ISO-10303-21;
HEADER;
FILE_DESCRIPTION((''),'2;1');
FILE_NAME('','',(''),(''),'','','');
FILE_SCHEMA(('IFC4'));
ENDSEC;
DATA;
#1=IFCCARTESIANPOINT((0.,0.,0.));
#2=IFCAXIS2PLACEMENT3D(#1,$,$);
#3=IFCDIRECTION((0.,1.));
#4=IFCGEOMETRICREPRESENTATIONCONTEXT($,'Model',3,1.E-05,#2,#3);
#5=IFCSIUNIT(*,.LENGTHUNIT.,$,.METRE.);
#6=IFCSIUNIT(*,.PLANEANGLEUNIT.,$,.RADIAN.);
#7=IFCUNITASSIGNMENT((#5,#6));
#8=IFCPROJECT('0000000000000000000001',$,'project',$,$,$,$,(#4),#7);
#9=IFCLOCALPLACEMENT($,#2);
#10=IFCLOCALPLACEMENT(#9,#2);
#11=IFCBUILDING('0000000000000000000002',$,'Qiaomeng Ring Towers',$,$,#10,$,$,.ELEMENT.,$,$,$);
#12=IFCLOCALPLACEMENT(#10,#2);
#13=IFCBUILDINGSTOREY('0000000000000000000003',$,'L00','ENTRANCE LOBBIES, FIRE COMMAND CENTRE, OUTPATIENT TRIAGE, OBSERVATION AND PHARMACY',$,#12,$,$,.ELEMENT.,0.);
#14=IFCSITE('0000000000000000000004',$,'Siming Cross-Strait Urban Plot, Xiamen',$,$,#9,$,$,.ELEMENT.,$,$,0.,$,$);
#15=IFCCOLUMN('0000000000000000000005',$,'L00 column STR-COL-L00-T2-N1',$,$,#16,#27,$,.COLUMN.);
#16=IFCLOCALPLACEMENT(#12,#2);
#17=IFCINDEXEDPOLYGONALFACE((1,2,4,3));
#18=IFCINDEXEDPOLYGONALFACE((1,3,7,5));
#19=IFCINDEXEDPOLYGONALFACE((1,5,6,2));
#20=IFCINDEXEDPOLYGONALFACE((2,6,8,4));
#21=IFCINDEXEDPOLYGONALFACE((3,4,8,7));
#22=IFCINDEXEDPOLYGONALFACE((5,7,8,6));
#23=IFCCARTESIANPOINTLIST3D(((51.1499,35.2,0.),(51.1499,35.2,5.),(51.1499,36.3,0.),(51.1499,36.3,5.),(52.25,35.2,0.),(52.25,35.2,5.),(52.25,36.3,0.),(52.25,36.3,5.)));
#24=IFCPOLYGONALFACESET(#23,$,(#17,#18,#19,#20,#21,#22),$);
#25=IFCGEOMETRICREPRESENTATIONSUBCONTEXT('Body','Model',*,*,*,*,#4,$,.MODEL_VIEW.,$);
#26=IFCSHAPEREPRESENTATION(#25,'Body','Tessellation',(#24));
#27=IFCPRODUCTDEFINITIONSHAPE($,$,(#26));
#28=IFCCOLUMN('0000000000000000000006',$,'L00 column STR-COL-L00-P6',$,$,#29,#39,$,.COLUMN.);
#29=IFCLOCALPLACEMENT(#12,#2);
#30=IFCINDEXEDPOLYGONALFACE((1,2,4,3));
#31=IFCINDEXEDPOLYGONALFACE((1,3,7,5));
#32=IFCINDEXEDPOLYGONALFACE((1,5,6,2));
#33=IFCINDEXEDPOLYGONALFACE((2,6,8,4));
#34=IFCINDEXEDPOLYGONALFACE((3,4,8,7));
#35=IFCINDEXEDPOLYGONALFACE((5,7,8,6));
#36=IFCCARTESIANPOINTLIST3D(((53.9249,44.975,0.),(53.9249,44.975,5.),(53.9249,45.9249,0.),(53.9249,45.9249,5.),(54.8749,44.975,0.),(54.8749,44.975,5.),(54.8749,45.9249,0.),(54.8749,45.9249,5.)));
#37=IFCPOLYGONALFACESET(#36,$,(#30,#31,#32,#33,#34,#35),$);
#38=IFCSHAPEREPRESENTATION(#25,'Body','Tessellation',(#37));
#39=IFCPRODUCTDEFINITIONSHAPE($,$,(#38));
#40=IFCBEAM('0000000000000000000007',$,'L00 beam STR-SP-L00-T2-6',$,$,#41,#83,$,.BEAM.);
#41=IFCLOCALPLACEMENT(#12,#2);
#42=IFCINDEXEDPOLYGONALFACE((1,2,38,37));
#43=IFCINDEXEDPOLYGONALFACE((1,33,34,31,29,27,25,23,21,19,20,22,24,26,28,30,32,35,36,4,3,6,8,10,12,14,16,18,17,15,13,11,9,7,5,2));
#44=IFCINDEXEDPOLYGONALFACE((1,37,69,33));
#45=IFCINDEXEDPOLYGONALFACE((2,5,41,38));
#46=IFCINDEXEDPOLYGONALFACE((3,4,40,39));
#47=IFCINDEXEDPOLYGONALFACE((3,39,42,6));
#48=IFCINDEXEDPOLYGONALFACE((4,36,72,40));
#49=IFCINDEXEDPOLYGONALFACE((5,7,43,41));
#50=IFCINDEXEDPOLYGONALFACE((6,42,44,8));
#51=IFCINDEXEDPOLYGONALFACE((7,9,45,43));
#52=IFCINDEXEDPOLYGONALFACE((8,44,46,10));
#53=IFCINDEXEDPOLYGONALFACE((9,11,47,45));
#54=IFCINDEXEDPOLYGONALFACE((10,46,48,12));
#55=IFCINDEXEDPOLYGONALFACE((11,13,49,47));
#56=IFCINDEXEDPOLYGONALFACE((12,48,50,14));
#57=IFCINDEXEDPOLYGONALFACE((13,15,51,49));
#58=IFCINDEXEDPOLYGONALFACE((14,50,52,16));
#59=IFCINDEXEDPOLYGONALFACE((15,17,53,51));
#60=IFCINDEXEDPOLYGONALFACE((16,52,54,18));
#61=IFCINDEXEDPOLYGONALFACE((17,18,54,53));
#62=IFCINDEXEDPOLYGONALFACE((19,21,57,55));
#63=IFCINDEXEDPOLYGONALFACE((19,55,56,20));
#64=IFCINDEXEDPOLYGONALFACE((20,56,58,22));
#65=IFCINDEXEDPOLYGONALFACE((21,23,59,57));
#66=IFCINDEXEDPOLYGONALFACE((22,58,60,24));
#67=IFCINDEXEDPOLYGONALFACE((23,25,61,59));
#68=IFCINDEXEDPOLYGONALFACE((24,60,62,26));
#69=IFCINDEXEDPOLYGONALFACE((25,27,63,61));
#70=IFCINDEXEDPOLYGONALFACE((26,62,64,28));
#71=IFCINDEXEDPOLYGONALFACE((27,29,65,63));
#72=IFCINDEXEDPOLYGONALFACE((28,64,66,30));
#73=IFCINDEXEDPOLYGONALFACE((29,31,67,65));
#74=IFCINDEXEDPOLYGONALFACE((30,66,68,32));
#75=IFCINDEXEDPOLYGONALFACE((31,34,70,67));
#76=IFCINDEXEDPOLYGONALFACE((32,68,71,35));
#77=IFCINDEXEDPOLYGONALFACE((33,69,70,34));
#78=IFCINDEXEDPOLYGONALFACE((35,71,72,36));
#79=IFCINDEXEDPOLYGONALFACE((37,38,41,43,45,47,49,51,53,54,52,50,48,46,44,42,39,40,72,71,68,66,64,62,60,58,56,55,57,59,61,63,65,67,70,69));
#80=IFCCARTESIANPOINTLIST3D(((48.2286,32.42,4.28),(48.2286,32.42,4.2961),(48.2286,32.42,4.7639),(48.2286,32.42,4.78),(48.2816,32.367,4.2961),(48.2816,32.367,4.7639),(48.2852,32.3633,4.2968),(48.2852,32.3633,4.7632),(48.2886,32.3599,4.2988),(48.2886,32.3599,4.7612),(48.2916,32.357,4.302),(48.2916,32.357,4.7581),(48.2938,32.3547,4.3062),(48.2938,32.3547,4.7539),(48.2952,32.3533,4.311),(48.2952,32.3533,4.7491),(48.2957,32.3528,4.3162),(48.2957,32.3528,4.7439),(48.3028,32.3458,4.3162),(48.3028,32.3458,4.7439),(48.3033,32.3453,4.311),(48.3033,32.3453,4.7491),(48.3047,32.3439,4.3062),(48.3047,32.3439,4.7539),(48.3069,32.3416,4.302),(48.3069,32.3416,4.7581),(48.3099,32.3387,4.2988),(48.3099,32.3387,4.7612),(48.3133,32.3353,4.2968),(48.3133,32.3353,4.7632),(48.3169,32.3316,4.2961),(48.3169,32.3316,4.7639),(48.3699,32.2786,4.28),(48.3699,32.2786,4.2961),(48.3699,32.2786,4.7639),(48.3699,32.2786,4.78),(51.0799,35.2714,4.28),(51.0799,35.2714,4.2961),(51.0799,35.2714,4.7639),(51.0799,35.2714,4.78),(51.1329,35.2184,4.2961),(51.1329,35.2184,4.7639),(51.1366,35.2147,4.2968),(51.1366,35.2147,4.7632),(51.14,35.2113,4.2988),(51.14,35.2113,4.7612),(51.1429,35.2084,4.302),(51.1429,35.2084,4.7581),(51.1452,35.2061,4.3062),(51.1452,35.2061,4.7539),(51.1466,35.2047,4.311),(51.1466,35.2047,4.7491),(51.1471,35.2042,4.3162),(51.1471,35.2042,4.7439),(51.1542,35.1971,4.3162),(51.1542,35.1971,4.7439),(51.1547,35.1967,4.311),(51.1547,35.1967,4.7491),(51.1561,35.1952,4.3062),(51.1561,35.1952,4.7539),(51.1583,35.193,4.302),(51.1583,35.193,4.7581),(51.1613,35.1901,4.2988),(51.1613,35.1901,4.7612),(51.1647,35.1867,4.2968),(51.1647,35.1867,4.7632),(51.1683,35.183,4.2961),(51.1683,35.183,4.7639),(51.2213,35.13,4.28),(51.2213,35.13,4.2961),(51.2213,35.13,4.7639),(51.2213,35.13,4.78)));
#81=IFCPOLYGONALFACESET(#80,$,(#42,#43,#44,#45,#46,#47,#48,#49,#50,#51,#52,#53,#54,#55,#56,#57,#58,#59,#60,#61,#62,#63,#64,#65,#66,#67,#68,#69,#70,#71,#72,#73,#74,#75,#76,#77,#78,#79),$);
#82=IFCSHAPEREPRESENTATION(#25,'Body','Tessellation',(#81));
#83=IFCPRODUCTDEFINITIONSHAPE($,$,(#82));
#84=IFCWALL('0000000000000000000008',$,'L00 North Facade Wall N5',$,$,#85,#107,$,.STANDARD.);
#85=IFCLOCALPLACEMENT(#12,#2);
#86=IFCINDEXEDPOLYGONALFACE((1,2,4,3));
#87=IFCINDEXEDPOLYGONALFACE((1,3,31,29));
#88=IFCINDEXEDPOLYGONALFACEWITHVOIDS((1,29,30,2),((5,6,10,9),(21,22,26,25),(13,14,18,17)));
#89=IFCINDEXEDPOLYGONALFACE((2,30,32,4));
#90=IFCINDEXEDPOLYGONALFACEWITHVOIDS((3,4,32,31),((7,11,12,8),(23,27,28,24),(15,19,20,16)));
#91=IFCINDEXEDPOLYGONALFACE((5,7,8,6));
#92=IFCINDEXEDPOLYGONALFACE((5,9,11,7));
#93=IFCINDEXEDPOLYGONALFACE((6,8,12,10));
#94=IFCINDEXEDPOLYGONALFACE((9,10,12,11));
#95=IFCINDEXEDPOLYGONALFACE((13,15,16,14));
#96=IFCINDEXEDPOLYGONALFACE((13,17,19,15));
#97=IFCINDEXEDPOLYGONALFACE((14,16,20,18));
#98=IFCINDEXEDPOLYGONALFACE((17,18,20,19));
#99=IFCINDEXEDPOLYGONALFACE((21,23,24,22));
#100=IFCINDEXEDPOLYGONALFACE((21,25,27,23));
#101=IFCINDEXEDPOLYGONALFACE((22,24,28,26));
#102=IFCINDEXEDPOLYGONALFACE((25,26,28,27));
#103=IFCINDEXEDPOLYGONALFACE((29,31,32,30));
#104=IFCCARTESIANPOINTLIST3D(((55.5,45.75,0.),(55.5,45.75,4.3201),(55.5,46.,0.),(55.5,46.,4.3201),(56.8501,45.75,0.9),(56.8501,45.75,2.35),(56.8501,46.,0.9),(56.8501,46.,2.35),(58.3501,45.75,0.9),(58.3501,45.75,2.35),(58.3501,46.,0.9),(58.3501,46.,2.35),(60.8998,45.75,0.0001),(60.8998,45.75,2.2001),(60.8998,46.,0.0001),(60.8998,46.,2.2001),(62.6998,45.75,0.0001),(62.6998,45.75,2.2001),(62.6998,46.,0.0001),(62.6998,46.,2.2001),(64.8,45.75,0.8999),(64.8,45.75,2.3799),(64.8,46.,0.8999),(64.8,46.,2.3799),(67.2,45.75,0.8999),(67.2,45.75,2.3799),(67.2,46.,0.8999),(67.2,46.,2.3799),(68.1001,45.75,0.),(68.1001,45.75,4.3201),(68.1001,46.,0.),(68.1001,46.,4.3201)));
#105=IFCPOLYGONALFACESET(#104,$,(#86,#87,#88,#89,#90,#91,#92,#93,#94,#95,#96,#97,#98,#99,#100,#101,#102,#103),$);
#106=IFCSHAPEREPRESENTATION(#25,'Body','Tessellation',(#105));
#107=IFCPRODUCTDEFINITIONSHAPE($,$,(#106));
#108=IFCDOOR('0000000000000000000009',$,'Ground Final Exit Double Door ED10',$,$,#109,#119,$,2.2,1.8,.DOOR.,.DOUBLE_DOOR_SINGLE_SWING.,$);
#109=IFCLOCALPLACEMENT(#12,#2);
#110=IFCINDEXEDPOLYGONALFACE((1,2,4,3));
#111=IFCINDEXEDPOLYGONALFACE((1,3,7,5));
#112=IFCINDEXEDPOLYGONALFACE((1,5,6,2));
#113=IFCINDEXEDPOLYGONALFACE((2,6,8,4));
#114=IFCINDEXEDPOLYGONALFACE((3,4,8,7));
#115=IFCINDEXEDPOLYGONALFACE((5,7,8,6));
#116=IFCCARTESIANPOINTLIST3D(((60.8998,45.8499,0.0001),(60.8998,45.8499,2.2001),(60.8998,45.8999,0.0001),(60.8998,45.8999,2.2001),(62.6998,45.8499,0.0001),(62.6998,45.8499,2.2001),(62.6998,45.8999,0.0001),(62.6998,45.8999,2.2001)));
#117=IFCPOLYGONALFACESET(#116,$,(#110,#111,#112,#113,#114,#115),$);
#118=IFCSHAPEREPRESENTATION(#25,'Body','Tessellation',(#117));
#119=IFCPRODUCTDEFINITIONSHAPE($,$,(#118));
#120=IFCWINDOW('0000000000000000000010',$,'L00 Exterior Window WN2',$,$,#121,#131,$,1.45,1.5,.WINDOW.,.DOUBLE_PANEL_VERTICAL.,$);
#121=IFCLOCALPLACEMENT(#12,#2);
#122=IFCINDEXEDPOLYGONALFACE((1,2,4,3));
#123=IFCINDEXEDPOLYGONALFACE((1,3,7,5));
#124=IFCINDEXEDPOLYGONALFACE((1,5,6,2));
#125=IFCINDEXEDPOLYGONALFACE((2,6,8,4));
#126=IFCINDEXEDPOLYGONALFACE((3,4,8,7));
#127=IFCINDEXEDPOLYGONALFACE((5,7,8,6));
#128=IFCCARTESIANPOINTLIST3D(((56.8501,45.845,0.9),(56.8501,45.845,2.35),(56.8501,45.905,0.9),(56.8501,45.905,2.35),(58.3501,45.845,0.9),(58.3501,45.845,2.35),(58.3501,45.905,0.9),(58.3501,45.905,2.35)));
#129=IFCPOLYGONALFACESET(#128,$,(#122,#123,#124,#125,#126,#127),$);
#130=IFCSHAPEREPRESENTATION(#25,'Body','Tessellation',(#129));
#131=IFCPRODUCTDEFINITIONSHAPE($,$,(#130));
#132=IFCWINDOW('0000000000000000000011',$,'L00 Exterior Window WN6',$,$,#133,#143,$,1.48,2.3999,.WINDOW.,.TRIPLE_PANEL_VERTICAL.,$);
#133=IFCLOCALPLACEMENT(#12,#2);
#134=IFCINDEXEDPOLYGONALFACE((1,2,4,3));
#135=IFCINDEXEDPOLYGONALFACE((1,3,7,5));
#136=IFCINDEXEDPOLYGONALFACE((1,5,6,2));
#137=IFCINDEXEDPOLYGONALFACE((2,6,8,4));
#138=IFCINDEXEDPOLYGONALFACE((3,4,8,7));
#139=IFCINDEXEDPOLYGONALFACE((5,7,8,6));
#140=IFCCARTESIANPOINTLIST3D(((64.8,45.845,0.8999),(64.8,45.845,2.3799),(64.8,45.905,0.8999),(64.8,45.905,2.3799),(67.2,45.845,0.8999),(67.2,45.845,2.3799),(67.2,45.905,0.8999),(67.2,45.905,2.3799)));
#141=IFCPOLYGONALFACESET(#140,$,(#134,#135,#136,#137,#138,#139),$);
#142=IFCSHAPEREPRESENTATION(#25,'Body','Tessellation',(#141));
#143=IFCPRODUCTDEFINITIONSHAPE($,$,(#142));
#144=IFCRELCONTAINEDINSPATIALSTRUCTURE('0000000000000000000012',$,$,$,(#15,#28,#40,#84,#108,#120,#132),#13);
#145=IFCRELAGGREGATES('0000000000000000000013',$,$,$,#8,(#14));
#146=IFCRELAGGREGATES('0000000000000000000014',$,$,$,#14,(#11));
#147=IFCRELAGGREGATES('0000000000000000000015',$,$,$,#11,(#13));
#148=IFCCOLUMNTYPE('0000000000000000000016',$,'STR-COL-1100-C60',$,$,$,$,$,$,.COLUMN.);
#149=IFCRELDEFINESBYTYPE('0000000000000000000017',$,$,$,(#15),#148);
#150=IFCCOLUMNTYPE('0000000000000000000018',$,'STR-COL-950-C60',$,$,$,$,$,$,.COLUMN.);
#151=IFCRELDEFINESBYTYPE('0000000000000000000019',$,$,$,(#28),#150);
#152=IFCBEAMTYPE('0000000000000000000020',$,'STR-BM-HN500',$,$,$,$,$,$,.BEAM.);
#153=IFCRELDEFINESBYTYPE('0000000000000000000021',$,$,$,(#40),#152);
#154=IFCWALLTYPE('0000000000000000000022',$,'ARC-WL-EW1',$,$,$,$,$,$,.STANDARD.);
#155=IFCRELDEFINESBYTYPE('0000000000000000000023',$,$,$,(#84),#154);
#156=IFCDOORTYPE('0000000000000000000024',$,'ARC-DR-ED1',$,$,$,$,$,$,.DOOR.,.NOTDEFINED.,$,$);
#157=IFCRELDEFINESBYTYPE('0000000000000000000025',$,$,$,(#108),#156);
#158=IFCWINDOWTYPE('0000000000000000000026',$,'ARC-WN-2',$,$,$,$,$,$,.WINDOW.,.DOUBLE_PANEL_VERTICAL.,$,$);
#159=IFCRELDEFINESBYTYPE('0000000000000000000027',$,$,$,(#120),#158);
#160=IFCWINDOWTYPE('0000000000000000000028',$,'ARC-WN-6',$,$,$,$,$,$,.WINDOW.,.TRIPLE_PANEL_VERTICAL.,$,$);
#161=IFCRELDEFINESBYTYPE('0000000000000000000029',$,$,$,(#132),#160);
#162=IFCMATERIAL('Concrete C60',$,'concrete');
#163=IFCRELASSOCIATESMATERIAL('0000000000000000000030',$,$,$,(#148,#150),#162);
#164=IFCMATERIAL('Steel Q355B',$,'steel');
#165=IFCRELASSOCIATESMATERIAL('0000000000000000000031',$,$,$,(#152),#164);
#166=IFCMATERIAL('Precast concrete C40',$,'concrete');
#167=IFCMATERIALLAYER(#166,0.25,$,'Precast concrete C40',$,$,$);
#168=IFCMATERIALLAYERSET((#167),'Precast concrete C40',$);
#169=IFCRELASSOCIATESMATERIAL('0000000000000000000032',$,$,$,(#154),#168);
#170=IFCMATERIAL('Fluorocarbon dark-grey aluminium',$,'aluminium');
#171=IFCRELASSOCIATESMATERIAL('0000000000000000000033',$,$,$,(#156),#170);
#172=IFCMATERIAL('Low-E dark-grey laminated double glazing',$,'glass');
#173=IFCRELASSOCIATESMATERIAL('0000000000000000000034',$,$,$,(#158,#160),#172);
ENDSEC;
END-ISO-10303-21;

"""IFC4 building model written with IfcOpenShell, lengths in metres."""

from ifc_helpers import new_model, si_unit, direction, frame, frame_2d, origin, origin_2d, place, context, subcontext, project, spatial, rectangle, i_section, extrude, source, transform, mapped, material, layer, layer_set, material_profile, profile_set, type_object, element, fill, save


model = new_model("IFC4")

# Units and contexts
model_context = context("Model", 3, precision=1e-05, world=origin(), true_north=direction((0.0, 1.0)))
body_context = subcontext(model_context, "Body", "Model", "MODEL_VIEW")
ifc_project = project(units=[si_unit("LENGTHUNIT", "METRE"), si_unit("PLANEANGLEUNIT", "RADIAN")], contexts=[model_context])

# Site, building, storey
site_placement = place(None, origin())
site = spatial("IfcSite", under=ifc_project, at=site_placement, Name="Siming Cross-Strait Urban Plot, Xiamen", CompositionType="ELEMENT", RefElevation=0.0)
building_placement = place(site_placement, origin())
building = spatial("IfcBuilding", under=site, at=building_placement, Name="Qiaomeng Ring Towers", CompositionType="ELEMENT")
storey_placement = place(building_placement, origin())
storey = spatial("IfcBuildingStorey", under=building, at=storey_placement, Name="L00", Description="ENTRANCE LOBBIES, FIRE COMMAND CENTRE, OUTPATIENT TRIAGE, OBSERVATION AND PHARMACY", CompositionType="ELEMENT", Elevation=0.0)

# Columns
ifc_material_1 = material(Name="Concrete C60", Category="concrete")
ifc_material_profile_1 = material_profile(ifc_material_1, rectangle(XDim=1.1001, YDim=1.1001, at=origin_2d()), Name="RC COL 1100x1100")
ifc_profile_set_1 = profile_set([ifc_material_profile_1], Name="Concrete C60")
column_type_1 = type_object("IfcColumnType", Name="STR-COL-1100-C60", PredefinedType="COLUMN", material=ifc_profile_set_1)
shared_shape_1 = source(origin(), body_context, "Body", "SweptSolid", [
    extrude(rectangle(XDim=1.1001, YDim=1.1001, at=origin_2d()), origin(), (0.0, 0.0, 1.0), 5.0),
])
column_1_placement = place(storey_placement, frame((51.7, 35.75, 0.0), z_axis=(0.0, 0.0, 1.0), x_axis=(1.0, 0.0, 0.0)))
element("IfcColumn", 1, at=column_1_placement, inside=storey, type_object=column_type_1, Name="L00 column STR-COL-L00-T2-N1", PredefinedType="COLUMN", context=body_context, shape_type="MappedRepresentation", body=[
    mapped(shared_shape_1, transform((0.0, 0.0, 0.0), x_axis=(1.0, 0.0, 0.0), y_axis=(0.0, 1.0, 0.0), z_axis=(0.0, 0.0, 1.0), scale=1.0)),
])
ifc_material_profile_2 = material_profile(ifc_material_1, rectangle(XDim=0.95, YDim=0.95, at=origin_2d()), Name="RC COL 950x950")
ifc_profile_set_2 = profile_set([ifc_material_profile_2], Name="Concrete C60")
column_type_2 = type_object("IfcColumnType", Name="STR-COL-950-C60", PredefinedType="COLUMN", material=ifc_profile_set_2)
shared_shape_2 = source(origin(), body_context, "Body", "SweptSolid", [
    extrude(rectangle(XDim=0.95, YDim=0.95, at=origin_2d()), origin(), (0.0, 0.0, 1.0), 5.0),
])
column_2_placement = place(storey_placement, frame((54.3999, 45.45, 0.0), z_axis=(0.0, 0.0, 1.0), x_axis=(1.0, 0.0, 0.0)))
element("IfcColumn", 2, at=column_2_placement, inside=storey, type_object=column_type_2, Name="L00 column STR-COL-L00-P6", PredefinedType="COLUMN", context=body_context, shape_type="MappedRepresentation", body=[
    mapped(shared_shape_2, transform((0.0, 0.0, 0.0), x_axis=(1.0, 0.0, 0.0), y_axis=(0.0, 1.0, 0.0), z_axis=(0.0, 0.0, 1.0), scale=1.0)),
])

# Beam
ifc_material_2 = material(Name="Steel Q355B", Category="steel")
ifc_material_profile_3 = material_profile(ifc_material_2, i_section(OverallWidth=0.2, OverallDepth=0.5, WebThickness=0.01, FlangeThickness=0.0161, FilletRadius=0.02, at=origin_2d()), Name="HN 500x200x10x16")
ifc_profile_set_3 = profile_set([ifc_material_profile_3], Name="Steel Q355B")
beam_type = type_object("IfcBeamType", Name="STR-BM-HN500", PredefinedType="BEAM", material=ifc_profile_set_3)
shared_shape_3 = source(origin(), body_context, "Body", "SweptSolid", [
    extrude(i_section(OverallWidth=0.2, OverallDepth=0.5, WebThickness=0.01, FlangeThickness=0.0161, FilletRadius=0.02, at=origin_2d()), origin(), (0.0, 0.0, 1.0), 4.0325),
])
beam_placement = place(storey_placement, frame((51.1506, 35.2007, 4.53), z_axis=(-0.707107, -0.707107, 0.0), x_axis=(0.707107, -0.707107, 0.0)))
element("IfcBeam", 3, at=beam_placement, inside=storey, type_object=beam_type, Name="L00 beam STR-SP-L00-T2-6", PredefinedType="BEAM", context=body_context, shape_type="MappedRepresentation", body=[
    mapped(shared_shape_3, transform((0.0, 0.0, 0.0), x_axis=(1.0, 0.0, 0.0), y_axis=(0.0, 1.0, 0.0), z_axis=(0.0, 0.0, 1.0), scale=1.0)),
])

# Wall, openings, door, windows
ifc_material_3 = material(Name="Precast concrete C40", Category="concrete")
ifc_layer_1 = layer(ifc_material_3, 0.25, Name="Precast concrete C40")
ifc_layer_set_1 = layer_set([ifc_layer_1], Name="Precast concrete C40")
wall_type_1 = type_object("IfcWallType", Name="ARC-WL-EW1", PredefinedType="STANDARD", material=ifc_layer_set_1)
wall_1_placement = place(storey_placement, frame((55.5, 45.875, 0.0), z_axis=(0.0, 0.0, 1.0), x_axis=(1.0, 0.0, 0.0)))
wall_1 = element("IfcWall", 4, at=wall_1_placement, inside=storey, type_object=wall_type_1, Name="L00 North Facade Wall N5", PredefinedType="STANDARD", context=body_context, shape_type="SweptSolid", body=[
    extrude(rectangle(XDim=12.6001, YDim=0.25, at=frame_2d((6.3, 0.0))), origin(), (0.0, 0.0, 1.0), 4.3201),
])
opening_1_placement = place(wall_1_placement, frame((5.3999, 0.0, 0.0)))
opening_1 = element("IfcOpeningElement", 5, at=opening_1_placement, cuts=wall_1, PredefinedType="OPENING", context=body_context, shape_type="SweptSolid", body=[
    extrude(rectangle(XDim=1.8, YDim=2.2, at=frame_2d((0.8999, 1.1001))), frame((0.0, 0.135, 0.0), z_axis=(0.0, -1.0, 0.0), x_axis=(1.0, 0.0, 0.0)), (0.0, 0.0, 1.0), 0.27),
])
opening_2_placement = place(wall_1_placement, frame((1.3501, 0.0, 0.8999)))
opening_2 = element("IfcOpeningElement", 6, at=opening_2_placement, cuts=wall_1, PredefinedType="OPENING", context=body_context, shape_type="SweptSolid", body=[
    extrude(rectangle(XDim=1.5, YDim=1.45, at=frame_2d((0.75, 0.7251))), frame((0.0, 0.135, 0.0), z_axis=(0.0, -1.0, 0.0), x_axis=(1.0, 0.0, 0.0)), (0.0, 0.0, 1.0), 0.27),
])
opening_3_placement = place(wall_1_placement, frame((9.3, 0.0, 0.8999)))
opening_3 = element("IfcOpeningElement", 7, at=opening_3_placement, cuts=wall_1, PredefinedType="OPENING", context=body_context, shape_type="SweptSolid", body=[
    extrude(rectangle(XDim=2.3999, YDim=1.48, at=frame_2d((1.2, 0.74))), frame((0.0, 0.135, 0.0), z_axis=(0.0, -1.0, 0.0), x_axis=(1.0, 0.0, 0.0)), (0.0, 0.0, 1.0), 0.27),
])
ifc_material_4 = material(Name="Fluorocarbon dark-grey aluminium", Category="aluminium")
door_type_1 = type_object("IfcDoorType", Name="ARC-DR-ED1", OperationType="NOTDEFINED", PredefinedType="DOOR", material=ifc_material_4)
shared_shape_4 = source(origin(), body_context, "Body", "SweptSolid", [
    extrude(rectangle(XDim=1.8, YDim=2.2, at=frame_2d((0.8999, 1.1001))), frame((0.0, 0.0249, 0.0), z_axis=(0.0, -1.0, 0.0), x_axis=(1.0, 0.0, 0.0)), (0.0, 0.0, 1.0), 0.05),
])
door_1_placement = place(opening_1_placement, origin())
door_1 = element("IfcDoor", 8, at=door_1_placement, inside=storey, type_object=door_type_1, Name="Ground Final Exit Double Door ED10", OperationType="DOUBLE_DOOR_SINGLE_SWING", OverallHeight=2.2, OverallWidth=1.8, PredefinedType="DOOR", context=body_context, shape_type="MappedRepresentation", body=[
    mapped(shared_shape_4, transform((0.0, 0.0, 0.0), x_axis=(1.0, 0.0, 0.0), y_axis=(0.0, 1.0, 0.0), z_axis=(0.0, 0.0, 1.0), scale=1.0)),
])
fill(opening_1, door_1)
ifc_material_5 = material(Name="Low-E dark-grey laminated double glazing", Category="glass")
window_type_1 = type_object("IfcWindowType", Name="ARC-WN-2", PartitioningType="DOUBLE_PANEL_VERTICAL", PredefinedType="WINDOW", material=ifc_material_5)
shared_shape_5 = source(origin(), body_context, "Body", "SweptSolid", [
    extrude(rectangle(XDim=1.5, YDim=1.45, at=frame_2d((0.75, 0.7251))), frame((0.0, 0.03, 0.0), z_axis=(0.0, -1.0, 0.0), x_axis=(1.0, 0.0, 0.0)), (0.0, 0.0, 1.0), 0.0601),
])
window_1_placement = place(opening_2_placement, origin())
window_1 = element("IfcWindow", 9, at=window_1_placement, inside=storey, type_object=window_type_1, Name="L00 Exterior Window WN2", OverallHeight=1.45, OverallWidth=1.5, PartitioningType="DOUBLE_PANEL_VERTICAL", PredefinedType="WINDOW", context=body_context, shape_type="MappedRepresentation", body=[
    mapped(shared_shape_5, transform((0.0, 0.0, 0.0), x_axis=(1.0, 0.0, 0.0), y_axis=(0.0, 1.0, 0.0), z_axis=(0.0, 0.0, 1.0), scale=1.0)),
])
fill(opening_2, window_1)
window_type_2 = type_object("IfcWindowType", Name="ARC-WN-6", PartitioningType="TRIPLE_PANEL_VERTICAL", PredefinedType="WINDOW", material=ifc_material_5)
shared_shape_6 = source(origin(), body_context, "Body", "SweptSolid", [
    extrude(rectangle(XDim=2.3999, YDim=1.48, at=frame_2d((1.2, 0.74))), frame((0.0, 0.03, 0.0), z_axis=(0.0, -1.0, 0.0), x_axis=(1.0, 0.0, 0.0)), (0.0, 0.0, 1.0), 0.0601),
])
window_2_placement = place(opening_3_placement, origin())
window_2 = element("IfcWindow", 10, at=window_2_placement, inside=storey, type_object=window_type_2, Name="L00 Exterior Window WN6", OverallHeight=1.48, OverallWidth=2.3999, PartitioningType="TRIPLE_PANEL_VERTICAL", PredefinedType="WINDOW", context=body_context, shape_type="MappedRepresentation", body=[
    mapped(shared_shape_6, transform((0.0, 0.0, 0.0), x_axis=(1.0, 0.0, 0.0), y_axis=(0.0, 1.0, 0.0), z_axis=(0.0, 0.0, 1.0), scale=1.0)),
])
fill(opening_3, window_2)

save(model, "model.ifc")
